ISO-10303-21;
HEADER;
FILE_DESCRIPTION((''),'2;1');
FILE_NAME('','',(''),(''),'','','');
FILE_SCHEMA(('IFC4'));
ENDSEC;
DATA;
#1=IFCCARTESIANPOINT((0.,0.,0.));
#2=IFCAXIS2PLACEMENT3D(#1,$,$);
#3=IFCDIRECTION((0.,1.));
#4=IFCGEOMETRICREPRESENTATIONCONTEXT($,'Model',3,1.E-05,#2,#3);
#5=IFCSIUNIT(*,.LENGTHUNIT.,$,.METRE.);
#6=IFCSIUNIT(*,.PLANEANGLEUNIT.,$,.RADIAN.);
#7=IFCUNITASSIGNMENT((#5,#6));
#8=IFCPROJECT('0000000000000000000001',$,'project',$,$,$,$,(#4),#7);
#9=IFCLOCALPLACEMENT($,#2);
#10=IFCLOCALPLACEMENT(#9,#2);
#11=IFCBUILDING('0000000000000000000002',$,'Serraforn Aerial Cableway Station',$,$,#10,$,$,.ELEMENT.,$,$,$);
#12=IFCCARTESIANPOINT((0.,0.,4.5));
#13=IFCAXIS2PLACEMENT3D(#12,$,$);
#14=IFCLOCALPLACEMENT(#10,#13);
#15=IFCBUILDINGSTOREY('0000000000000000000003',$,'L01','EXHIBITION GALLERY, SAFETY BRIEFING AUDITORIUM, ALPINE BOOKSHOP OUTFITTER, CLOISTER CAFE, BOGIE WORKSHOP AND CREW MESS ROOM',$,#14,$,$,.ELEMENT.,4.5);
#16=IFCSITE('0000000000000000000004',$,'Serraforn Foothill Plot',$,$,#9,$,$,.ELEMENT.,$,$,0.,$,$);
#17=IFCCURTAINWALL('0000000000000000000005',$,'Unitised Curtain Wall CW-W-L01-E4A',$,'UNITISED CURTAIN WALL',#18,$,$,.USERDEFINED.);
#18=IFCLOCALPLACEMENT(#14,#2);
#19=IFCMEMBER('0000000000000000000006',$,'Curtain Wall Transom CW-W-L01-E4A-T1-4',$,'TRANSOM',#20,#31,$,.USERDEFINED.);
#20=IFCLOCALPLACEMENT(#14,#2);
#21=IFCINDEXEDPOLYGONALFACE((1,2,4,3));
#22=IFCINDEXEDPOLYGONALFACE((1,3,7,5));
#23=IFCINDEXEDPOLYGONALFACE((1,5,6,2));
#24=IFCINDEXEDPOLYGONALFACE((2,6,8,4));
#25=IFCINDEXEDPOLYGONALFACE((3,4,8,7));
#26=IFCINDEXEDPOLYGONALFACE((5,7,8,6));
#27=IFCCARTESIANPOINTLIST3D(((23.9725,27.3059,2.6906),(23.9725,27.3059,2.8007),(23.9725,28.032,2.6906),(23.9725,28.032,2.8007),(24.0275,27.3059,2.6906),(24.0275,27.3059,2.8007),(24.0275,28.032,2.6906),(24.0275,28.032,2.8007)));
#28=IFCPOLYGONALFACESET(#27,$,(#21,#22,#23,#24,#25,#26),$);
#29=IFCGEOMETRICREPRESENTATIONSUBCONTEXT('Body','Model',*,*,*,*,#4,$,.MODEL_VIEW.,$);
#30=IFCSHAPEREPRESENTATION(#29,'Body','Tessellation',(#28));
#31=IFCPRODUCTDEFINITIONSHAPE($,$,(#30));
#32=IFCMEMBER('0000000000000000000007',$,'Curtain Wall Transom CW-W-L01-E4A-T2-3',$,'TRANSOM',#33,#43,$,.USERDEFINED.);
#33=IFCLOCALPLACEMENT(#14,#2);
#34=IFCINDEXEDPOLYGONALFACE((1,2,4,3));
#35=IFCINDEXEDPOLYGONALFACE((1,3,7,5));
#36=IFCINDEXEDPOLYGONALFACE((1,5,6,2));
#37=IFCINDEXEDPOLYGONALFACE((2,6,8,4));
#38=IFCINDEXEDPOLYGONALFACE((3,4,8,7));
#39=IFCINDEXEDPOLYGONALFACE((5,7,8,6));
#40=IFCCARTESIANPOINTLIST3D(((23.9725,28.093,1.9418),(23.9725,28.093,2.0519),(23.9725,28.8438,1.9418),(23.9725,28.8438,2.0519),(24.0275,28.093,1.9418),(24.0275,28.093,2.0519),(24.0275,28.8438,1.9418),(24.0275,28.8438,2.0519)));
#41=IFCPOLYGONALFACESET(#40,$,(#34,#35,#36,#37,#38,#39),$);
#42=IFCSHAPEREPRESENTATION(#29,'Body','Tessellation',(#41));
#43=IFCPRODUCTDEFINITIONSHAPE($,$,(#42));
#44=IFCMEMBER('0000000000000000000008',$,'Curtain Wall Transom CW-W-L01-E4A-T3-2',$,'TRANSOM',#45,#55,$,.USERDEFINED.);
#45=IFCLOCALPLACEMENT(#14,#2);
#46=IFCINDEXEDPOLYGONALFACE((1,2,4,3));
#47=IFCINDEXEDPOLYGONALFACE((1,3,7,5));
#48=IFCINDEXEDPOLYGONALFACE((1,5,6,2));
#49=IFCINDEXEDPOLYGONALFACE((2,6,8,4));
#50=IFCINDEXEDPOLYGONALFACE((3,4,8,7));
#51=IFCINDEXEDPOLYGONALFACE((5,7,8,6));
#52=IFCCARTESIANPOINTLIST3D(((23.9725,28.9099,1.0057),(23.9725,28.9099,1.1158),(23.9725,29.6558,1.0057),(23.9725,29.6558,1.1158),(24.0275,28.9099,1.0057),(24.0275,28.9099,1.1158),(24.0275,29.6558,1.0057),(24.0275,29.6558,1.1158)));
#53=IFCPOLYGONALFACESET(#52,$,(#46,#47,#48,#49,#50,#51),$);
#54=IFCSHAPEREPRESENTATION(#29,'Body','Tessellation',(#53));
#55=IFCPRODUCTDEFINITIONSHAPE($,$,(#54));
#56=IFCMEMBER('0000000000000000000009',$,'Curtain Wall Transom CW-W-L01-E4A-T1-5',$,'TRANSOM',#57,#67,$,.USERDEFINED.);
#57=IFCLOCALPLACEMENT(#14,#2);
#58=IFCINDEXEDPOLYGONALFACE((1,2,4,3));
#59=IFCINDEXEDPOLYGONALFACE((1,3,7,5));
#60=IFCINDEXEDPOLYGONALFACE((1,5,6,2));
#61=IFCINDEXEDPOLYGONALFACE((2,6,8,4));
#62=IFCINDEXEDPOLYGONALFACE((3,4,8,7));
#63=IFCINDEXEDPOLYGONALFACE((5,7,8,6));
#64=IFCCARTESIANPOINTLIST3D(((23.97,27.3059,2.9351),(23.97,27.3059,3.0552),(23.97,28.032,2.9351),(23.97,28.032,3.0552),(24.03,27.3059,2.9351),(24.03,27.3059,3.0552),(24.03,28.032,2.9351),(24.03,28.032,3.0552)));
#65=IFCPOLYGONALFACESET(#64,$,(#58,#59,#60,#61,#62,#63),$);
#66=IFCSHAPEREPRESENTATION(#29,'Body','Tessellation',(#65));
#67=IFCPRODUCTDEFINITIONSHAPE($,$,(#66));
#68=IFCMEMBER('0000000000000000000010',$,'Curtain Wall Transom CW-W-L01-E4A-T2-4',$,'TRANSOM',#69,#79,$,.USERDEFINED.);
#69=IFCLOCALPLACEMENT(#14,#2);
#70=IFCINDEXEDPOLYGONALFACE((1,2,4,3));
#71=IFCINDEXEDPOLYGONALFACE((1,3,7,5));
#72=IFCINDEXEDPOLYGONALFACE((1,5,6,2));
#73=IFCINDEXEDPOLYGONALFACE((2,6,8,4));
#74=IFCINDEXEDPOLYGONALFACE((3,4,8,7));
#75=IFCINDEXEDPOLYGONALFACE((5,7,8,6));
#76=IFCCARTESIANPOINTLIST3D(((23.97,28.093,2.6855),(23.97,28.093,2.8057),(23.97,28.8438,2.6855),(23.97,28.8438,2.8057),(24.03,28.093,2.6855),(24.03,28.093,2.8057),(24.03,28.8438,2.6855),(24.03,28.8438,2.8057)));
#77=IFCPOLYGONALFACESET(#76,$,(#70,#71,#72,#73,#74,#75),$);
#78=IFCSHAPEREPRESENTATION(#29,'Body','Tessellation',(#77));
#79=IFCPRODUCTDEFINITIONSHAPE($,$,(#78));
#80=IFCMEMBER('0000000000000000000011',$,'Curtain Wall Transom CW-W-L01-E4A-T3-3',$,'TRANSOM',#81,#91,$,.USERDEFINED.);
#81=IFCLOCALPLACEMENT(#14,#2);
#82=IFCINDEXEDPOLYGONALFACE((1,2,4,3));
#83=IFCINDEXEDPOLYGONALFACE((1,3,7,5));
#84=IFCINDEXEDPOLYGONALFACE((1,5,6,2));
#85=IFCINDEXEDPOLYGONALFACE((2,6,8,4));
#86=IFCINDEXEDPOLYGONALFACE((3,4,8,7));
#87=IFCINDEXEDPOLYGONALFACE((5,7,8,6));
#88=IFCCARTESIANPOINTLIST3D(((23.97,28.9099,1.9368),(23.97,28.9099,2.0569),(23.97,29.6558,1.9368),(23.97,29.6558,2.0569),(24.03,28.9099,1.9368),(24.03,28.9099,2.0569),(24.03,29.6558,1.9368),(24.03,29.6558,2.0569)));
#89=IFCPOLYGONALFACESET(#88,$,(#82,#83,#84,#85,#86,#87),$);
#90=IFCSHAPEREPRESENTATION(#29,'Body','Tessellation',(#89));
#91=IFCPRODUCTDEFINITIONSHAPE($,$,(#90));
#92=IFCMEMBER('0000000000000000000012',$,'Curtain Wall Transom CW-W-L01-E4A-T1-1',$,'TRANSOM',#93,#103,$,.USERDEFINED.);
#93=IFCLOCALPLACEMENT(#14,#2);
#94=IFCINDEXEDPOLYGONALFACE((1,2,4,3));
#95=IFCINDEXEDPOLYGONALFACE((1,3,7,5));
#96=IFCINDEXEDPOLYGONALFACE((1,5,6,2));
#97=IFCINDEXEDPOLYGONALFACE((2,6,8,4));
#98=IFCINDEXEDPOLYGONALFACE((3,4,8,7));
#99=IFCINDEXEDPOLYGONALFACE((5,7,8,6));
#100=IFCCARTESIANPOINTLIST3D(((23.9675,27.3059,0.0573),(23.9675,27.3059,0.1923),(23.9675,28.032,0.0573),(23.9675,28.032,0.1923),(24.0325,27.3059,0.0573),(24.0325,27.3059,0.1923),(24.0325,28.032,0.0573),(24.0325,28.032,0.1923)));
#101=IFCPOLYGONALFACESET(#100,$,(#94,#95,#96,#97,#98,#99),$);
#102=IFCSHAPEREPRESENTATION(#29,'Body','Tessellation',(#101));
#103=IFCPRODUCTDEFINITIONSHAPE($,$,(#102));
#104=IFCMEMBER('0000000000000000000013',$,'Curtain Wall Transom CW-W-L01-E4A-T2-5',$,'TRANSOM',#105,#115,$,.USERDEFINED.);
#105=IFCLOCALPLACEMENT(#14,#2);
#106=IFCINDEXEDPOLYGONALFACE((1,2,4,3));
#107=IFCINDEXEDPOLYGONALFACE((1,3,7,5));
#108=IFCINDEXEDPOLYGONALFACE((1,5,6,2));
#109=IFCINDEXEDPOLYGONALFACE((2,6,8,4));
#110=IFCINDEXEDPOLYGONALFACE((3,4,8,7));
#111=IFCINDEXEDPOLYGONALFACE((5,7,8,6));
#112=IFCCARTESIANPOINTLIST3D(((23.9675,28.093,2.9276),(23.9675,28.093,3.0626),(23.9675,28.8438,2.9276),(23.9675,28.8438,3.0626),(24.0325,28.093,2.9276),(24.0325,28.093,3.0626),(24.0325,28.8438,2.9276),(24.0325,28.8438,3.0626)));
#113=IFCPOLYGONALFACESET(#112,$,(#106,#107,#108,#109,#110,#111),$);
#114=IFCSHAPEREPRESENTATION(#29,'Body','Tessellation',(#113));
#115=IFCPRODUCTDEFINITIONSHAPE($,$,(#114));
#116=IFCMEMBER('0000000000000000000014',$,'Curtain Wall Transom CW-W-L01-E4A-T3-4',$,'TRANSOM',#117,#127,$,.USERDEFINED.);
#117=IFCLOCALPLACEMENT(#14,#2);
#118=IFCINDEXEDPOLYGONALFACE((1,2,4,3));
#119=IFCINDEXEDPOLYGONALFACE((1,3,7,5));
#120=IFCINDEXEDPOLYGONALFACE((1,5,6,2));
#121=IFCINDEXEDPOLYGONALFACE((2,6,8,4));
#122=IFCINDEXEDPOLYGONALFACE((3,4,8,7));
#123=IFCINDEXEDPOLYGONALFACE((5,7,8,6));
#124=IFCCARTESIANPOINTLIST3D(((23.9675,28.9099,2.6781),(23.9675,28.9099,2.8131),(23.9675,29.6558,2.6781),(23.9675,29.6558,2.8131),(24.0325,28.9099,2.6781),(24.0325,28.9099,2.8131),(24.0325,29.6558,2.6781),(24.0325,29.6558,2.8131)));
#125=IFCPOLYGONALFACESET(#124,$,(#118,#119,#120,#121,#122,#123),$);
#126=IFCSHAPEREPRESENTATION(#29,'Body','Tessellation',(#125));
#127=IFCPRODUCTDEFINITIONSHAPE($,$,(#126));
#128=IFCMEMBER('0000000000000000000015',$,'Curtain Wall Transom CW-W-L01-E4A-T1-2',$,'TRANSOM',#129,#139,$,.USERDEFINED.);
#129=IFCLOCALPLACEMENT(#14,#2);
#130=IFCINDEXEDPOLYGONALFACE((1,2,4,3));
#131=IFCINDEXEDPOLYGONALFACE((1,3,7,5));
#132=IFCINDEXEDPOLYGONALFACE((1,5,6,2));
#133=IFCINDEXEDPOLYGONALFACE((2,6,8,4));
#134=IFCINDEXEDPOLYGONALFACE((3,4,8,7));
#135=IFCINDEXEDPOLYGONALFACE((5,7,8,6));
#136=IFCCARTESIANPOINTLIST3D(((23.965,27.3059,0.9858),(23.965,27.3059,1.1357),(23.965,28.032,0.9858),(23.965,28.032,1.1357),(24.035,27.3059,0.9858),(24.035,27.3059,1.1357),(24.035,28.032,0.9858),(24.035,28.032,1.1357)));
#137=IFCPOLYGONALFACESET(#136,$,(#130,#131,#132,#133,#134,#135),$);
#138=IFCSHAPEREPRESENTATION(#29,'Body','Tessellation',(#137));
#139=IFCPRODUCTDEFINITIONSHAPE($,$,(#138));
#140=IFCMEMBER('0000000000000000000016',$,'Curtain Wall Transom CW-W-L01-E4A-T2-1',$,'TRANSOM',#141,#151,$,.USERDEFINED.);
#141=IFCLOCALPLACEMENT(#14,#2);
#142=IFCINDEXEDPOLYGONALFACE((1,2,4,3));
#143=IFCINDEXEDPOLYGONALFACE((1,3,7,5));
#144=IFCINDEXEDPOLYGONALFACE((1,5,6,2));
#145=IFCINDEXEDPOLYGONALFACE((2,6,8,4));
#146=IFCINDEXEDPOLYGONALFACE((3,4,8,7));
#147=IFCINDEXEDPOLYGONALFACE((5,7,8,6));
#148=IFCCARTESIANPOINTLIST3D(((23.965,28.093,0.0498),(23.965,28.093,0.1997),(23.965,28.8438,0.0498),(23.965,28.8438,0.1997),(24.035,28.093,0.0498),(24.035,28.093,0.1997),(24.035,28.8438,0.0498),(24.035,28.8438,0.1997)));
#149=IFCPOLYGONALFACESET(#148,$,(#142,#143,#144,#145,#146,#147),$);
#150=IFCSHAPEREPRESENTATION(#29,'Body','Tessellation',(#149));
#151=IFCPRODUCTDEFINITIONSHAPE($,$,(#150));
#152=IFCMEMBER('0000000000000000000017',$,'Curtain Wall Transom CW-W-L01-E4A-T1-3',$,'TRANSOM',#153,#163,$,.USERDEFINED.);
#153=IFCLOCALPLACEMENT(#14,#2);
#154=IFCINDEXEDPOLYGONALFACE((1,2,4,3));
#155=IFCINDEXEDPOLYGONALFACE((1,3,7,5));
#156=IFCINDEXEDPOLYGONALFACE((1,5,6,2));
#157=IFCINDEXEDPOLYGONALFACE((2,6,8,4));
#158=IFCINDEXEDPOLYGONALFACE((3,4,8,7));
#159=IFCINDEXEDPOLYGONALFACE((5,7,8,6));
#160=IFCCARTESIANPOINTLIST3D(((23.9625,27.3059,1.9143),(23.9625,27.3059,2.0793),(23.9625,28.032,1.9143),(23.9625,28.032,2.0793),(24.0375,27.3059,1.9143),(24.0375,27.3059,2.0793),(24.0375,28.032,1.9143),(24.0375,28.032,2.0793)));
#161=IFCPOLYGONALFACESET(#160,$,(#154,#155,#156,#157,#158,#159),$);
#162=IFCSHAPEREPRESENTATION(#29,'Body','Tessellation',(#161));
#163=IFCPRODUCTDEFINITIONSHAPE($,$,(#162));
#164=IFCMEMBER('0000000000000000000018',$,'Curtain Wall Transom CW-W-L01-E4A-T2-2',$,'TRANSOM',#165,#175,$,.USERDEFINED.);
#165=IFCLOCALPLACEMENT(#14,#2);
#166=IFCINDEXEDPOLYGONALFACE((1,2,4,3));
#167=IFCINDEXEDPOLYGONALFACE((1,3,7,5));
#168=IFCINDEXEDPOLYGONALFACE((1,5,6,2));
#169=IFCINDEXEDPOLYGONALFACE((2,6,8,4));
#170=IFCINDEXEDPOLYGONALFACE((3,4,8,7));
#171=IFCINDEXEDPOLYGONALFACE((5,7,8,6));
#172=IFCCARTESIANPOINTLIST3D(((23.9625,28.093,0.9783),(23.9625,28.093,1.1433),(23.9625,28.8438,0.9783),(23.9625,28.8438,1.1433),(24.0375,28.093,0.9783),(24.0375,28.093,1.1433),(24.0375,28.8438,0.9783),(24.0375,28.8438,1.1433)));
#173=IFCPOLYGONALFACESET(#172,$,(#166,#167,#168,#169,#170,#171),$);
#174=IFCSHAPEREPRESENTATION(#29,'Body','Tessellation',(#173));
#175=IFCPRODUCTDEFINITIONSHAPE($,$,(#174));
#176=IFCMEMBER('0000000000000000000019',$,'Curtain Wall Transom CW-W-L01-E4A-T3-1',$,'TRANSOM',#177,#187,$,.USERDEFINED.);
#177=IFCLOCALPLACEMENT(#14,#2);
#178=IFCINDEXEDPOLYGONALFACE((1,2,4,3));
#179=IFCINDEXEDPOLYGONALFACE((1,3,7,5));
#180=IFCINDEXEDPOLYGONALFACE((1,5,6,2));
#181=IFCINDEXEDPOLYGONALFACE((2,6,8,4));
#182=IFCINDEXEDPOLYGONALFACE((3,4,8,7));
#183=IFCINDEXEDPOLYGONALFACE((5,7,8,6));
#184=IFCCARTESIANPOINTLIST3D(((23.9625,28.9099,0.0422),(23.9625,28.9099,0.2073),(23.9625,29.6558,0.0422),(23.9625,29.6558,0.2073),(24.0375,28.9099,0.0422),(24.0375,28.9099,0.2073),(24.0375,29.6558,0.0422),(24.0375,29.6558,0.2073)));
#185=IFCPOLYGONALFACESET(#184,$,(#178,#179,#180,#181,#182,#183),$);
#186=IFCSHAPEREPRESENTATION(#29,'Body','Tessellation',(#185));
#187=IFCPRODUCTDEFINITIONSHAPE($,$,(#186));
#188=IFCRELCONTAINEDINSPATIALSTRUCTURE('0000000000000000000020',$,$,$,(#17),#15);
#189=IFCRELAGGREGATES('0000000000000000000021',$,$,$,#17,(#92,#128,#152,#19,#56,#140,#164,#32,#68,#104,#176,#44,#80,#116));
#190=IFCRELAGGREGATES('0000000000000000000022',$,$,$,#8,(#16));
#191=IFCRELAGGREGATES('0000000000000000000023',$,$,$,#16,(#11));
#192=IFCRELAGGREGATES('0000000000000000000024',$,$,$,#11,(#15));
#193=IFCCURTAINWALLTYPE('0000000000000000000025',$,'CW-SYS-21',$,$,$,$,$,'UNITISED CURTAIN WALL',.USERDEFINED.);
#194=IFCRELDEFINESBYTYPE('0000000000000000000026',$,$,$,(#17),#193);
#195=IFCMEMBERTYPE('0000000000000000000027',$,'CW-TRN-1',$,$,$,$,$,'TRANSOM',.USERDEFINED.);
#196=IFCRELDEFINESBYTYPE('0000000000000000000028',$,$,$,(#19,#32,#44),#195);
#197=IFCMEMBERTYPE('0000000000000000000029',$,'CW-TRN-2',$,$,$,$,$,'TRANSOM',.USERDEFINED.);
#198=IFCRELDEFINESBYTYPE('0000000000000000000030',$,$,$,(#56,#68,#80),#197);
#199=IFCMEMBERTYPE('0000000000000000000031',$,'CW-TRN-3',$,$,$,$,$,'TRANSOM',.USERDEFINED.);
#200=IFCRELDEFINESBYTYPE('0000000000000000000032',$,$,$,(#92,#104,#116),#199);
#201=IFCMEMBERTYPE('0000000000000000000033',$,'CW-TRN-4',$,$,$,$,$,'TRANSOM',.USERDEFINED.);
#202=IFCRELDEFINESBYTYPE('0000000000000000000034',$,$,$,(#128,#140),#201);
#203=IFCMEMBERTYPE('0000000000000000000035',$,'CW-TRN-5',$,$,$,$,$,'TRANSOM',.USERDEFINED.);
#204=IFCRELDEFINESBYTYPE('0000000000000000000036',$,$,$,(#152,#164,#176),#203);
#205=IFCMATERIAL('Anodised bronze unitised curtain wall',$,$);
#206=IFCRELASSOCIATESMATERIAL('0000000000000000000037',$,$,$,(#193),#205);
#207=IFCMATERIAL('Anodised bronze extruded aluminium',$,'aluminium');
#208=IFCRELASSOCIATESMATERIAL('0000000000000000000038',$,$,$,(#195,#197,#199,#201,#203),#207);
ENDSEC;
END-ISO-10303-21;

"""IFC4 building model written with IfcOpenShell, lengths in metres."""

from ifc_helpers import new_model, si_unit, direction, frame, origin, origin_2d, place, context, subcontext, project, spatial, rectangle, extrude, material, material_profile, profile_set, type_object, element, aggregate, save


model = new_model("IFC4")

# Units and contexts
model_context = context("Model", 3, precision=1e-05, world=origin(), true_north=direction((0.0, 1.0)))
body_context = subcontext(model_context, "Body", "Model", "MODEL_VIEW")
ifc_project = project(units=[si_unit("LENGTHUNIT", "METRE"), si_unit("PLANEANGLEUNIT", "RADIAN")], contexts=[model_context])

# Site, building, storey
site_placement = place(None, origin())
site = spatial("IfcSite", under=ifc_project, at=site_placement, Name="Serraforn Foothill Plot", CompositionType="ELEMENT", RefElevation=0.0)
building_placement = place(site_placement, origin())
building = spatial("IfcBuilding", under=site, at=building_placement, Name="Serraforn Aerial Cableway Station", CompositionType="ELEMENT")
storey_placement = place(building_placement, frame((0.0, 0.0, 4.5)))
storey = spatial("IfcBuildingStorey", under=building, at=storey_placement, Name="L01", Description="EXHIBITION GALLERY, SAFETY BRIEFING AUDITORIUM, ALPINE BOOKSHOP OUTFITTER, CLOISTER CAFE, BOGIE WORKSHOP AND CREW MESS ROOM", CompositionType="ELEMENT", Elevation=4.5)

# Curtain wall, members
ifc_material_1 = material(Name="Anodised bronze unitised curtain wall")
curtain_wall_type = type_object("IfcCurtainWallType", Name="CW-SYS-21", ElementType="UNITISED CURTAIN WALL", PredefinedType="USERDEFINED", material=ifc_material_1)
curtain_wall_placement = place(storey_placement, origin())
curtain_wall = element("IfcCurtainWall", 1, at=curtain_wall_placement, inside=storey, type_object=curtain_wall_type, Name="Unitised Curtain Wall CW-W-L01-E4A", ObjectType="UNITISED CURTAIN WALL", PredefinedType="USERDEFINED")
ifc_material_2 = material(Name="Anodised bronze extruded aluminium", Category="aluminium")
ifc_material_profile_1 = material_profile(ifc_material_2, rectangle(XDim=0.0549, YDim=0.1101, at=origin_2d()), Name="CW TRANSOM 55x110")
ifc_profile_set_1 = profile_set([ifc_material_profile_1], Name="Anodised bronze extruded aluminium")
member_type_1 = type_object("IfcMemberType", Name="CW-TRN-1", ElementType="TRANSOM", PredefinedType="USERDEFINED", material=ifc_profile_set_1)
member_1_placement = place(storey_placement, frame((24.0, 27.3059, 2.7456), z_axis=(0.0, 1.0, 0.0), x_axis=(-1.0, 0.0, 0.0)))
member_1 = element("IfcMember", 2, at=member_1_placement, type_object=member_type_1, Name="Curtain Wall Transom CW-W-L01-E4A-T1-4", ObjectType="TRANSOM", PredefinedType="USERDEFINED", context=body_context, shape_type="SweptSolid", body=[
    extrude(rectangle(XDim=0.0549, YDim=0.1101, at=origin_2d()), origin(), (0.0, 0.0, 1.0), 0.7261),
])
member_2_placement = place(storey_placement, frame((24.0, 28.093, 1.9968), z_axis=(0.0, 1.0, 0.0), x_axis=(-1.0, 0.0, 0.0)))
member_2 = element("IfcMember", 3, at=member_2_placement, type_object=member_type_1, Name="Curtain Wall Transom CW-W-L01-E4A-T2-3", ObjectType="TRANSOM", PredefinedType="USERDEFINED", context=body_context, shape_type="SweptSolid", body=[
    extrude(rectangle(XDim=0.0549, YDim=0.1101, at=origin_2d()), origin(), (0.0, 0.0, 1.0), 0.7507),
])
member_3_placement = place(storey_placement, frame((24.0, 28.9099, 1.0608), z_axis=(0.0, 1.0, 0.0), x_axis=(-1.0, 0.0, 0.0)))
member_3 = element("IfcMember", 4, at=member_3_placement, type_object=member_type_1, Name="Curtain Wall Transom CW-W-L01-E4A-T3-2", ObjectType="TRANSOM", PredefinedType="USERDEFINED", context=body_context, shape_type="SweptSolid", body=[
    extrude(rectangle(XDim=0.0549, YDim=0.1101, at=origin_2d()), origin(), (0.0, 0.0, 1.0), 0.7458),
])
ifc_material_profile_2 = material_profile(ifc_material_2, rectangle(XDim=0.0601, YDim=0.1201, at=origin_2d()), Name="CW TRANSOM 60x120")
ifc_profile_set_2 = profile_set([ifc_material_profile_2], Name="Anodised bronze extruded aluminium")
member_type_2 = type_object("IfcMemberType", Name="CW-TRN-2", ElementType="TRANSOM", PredefinedType="USERDEFINED", material=ifc_profile_set_2)
member_4_placement = place(storey_placement, frame((24.0, 27.3059, 2.9951), z_axis=(0.0, 1.0, 0.0), x_axis=(-1.0, 0.0, 0.0)))
member_4 = element("IfcMember", 5, at=member_4_placement, type_object=member_type_2, Name="Curtain Wall Transom CW-W-L01-E4A-T1-5", ObjectType="TRANSOM", PredefinedType="USERDEFINED", context=body_context, shape_type="SweptSolid", body=[
    extrude(rectangle(XDim=0.0601, YDim=0.1201, at=origin_2d()), origin(), (0.0, 0.0, 1.0), 0.7261),
])
member_5_placement = place(storey_placement, frame((24.0, 28.093, 2.7456), z_axis=(0.0, 1.0, 0.0), x_axis=(-1.0, 0.0, 0.0)))
member_5 = element("IfcMember", 6, at=member_5_placement, type_object=member_type_2, Name="Curtain Wall Transom CW-W-L01-E4A-T2-4", ObjectType="TRANSOM", PredefinedType="USERDEFINED", context=body_context, shape_type="SweptSolid", body=[
    extrude(rectangle(XDim=0.0601, YDim=0.1201, at=origin_2d()), origin(), (0.0, 0.0, 1.0), 0.7507),
])
member_6_placement = place(storey_placement, frame((24.0, 28.9099, 1.9968), z_axis=(0.0, 1.0, 0.0), x_axis=(-1.0, 0.0, 0.0)))
member_6 = element("IfcMember", 7, at=member_6_placement, type_object=member_type_2, Name="Curtain Wall Transom CW-W-L01-E4A-T3-3", ObjectType="TRANSOM", PredefinedType="USERDEFINED", context=body_context, shape_type="SweptSolid", body=[
    extrude(rectangle(XDim=0.0601, YDim=0.1201, at=origin_2d()), origin(), (0.0, 0.0, 1.0), 0.7458),
])
ifc_material_profile_3 = material_profile(ifc_material_2, rectangle(XDim=0.0649, YDim=0.135, at=origin_2d()), Name="CW TRANSOM 65x135")
ifc_profile_set_3 = profile_set([ifc_material_profile_3], Name="Anodised bronze extruded aluminium")
member_type_3 = type_object("IfcMemberType", Name="CW-TRN-3", ElementType="TRANSOM", PredefinedType="USERDEFINED", material=ifc_profile_set_3)
member_7_placement = place(storey_placement, frame((24.0, 27.3059, 0.1248), z_axis=(0.0, 1.0, 0.0), x_axis=(-1.0, 0.0, 0.0)))
member_7 = element("IfcMember", 8, at=member_7_placement, type_object=member_type_3, Name="Curtain Wall Transom CW-W-L01-E4A-T1-1", ObjectType="TRANSOM", PredefinedType="USERDEFINED", context=body_context, shape_type="SweptSolid", body=[
    extrude(rectangle(XDim=0.0649, YDim=0.135, at=origin_2d()), origin(), (0.0, 0.0, 1.0), 0.7261),
])
member_8_placement = place(storey_placement, frame((24.0, 28.093, 2.9951), z_axis=(0.0, 1.0, 0.0), x_axis=(-1.0, 0.0, 0.0)))
member_8 = element("IfcMember", 9, at=member_8_placement, type_object=member_type_3, Name="Curtain Wall Transom CW-W-L01-E4A-T2-5", ObjectType="TRANSOM", PredefinedType="USERDEFINED", context=body_context, shape_type="SweptSolid", body=[
    extrude(rectangle(XDim=0.0649, YDim=0.135, at=origin_2d()), origin(), (0.0, 0.0, 1.0), 0.7507),
])
member_9_placement = place(storey_placement, frame((24.0, 28.9099, 2.7456), z_axis=(0.0, 1.0, 0.0), x_axis=(-1.0, 0.0, 0.0)))
member_9 = element("IfcMember", 10, at=member_9_placement, type_object=member_type_3, Name="Curtain Wall Transom CW-W-L01-E4A-T3-4", ObjectType="TRANSOM", PredefinedType="USERDEFINED", context=body_context, shape_type="SweptSolid", body=[
    extrude(rectangle(XDim=0.0649, YDim=0.135, at=origin_2d()), origin(), (0.0, 0.0, 1.0), 0.7458),
])
ifc_material_profile_4 = material_profile(ifc_material_2, rectangle(XDim=0.0701, YDim=0.1499, at=origin_2d()), Name="CW TRANSOM 70x150")
ifc_profile_set_4 = profile_set([ifc_material_profile_4], Name="Anodised bronze extruded aluminium")
member_type_4 = type_object("IfcMemberType", Name="CW-TRN-4", ElementType="TRANSOM", PredefinedType="USERDEFINED", material=ifc_profile_set_4)
member_10_placement = place(storey_placement, frame((24.0, 27.3059, 1.0608), z_axis=(0.0, 1.0, 0.0), x_axis=(-1.0, 0.0, 0.0)))
member_10 = element("IfcMember", 11, at=member_10_placement, type_object=member_type_4, Name="Curtain Wall Transom CW-W-L01-E4A-T1-2", ObjectType="TRANSOM", PredefinedType="USERDEFINED", context=body_context, shape_type="SweptSolid", body=[
    extrude(rectangle(XDim=0.0701, YDim=0.1499, at=origin_2d()), origin(), (0.0, 0.0, 1.0), 0.7261),
])
member_11_placement = place(storey_placement, frame((24.0, 28.093, 0.1248), z_axis=(0.0, 1.0, 0.0), x_axis=(-1.0, 0.0, 0.0)))
member_11 = element("IfcMember", 12, at=member_11_placement, type_object=member_type_4, Name="Curtain Wall Transom CW-W-L01-E4A-T2-1", ObjectType="TRANSOM", PredefinedType="USERDEFINED", context=body_context, shape_type="SweptSolid", body=[
    extrude(rectangle(XDim=0.0701, YDim=0.1499, at=origin_2d()), origin(), (0.0, 0.0, 1.0), 0.7507),
])
ifc_material_profile_5 = material_profile(ifc_material_2, rectangle(XDim=0.075, YDim=0.165, at=origin_2d()), Name="CW TRANSOM 75x165")
ifc_profile_set_5 = profile_set([ifc_material_profile_5], Name="Anodised bronze extruded aluminium")
member_type_5 = type_object("IfcMemberType", Name="CW-TRN-5", ElementType="TRANSOM", PredefinedType="USERDEFINED", material=ifc_profile_set_5)
member_12_placement = place(storey_placement, frame((24.0, 27.3059, 1.9968), z_axis=(0.0, 1.0, 0.0), x_axis=(-1.0, 0.0, 0.0)))
member_12 = element("IfcMember", 13, at=member_12_placement, type_object=member_type_5, Name="Curtain Wall Transom CW-W-L01-E4A-T1-3", ObjectType="TRANSOM", PredefinedType="USERDEFINED", context=body_context, shape_type="SweptSolid", body=[
    extrude(rectangle(XDim=0.075, YDim=0.165, at=origin_2d()), origin(), (0.0, 0.0, 1.0), 0.7261),
])
member_13_placement = place(storey_placement, frame((24.0, 28.093, 1.0608), z_axis=(0.0, 1.0, 0.0), x_axis=(-1.0, 0.0, 0.0)))
member_13 = element("IfcMember", 14, at=member_13_placement, type_object=member_type_5, Name="Curtain Wall Transom CW-W-L01-E4A-T2-2", ObjectType="TRANSOM", PredefinedType="USERDEFINED", context=body_context, shape_type="SweptSolid", body=[
    extrude(rectangle(XDim=0.075, YDim=0.165, at=origin_2d()), origin(), (0.0, 0.0, 1.0), 0.7507),
])
member_14_placement = place(storey_placement, frame((24.0, 28.9099, 0.1248), z_axis=(0.0, 1.0, 0.0), x_axis=(-1.0, 0.0, 0.0)))
member_14 = element("IfcMember", 15, at=member_14_placement, type_object=member_type_5, Name="Curtain Wall Transom CW-W-L01-E4A-T3-1", ObjectType="TRANSOM", PredefinedType="USERDEFINED", context=body_context, shape_type="SweptSolid", body=[
    extrude(rectangle(XDim=0.075, YDim=0.165, at=origin_2d()), origin(), (0.0, 0.0, 1.0), 0.7458),
])
aggregate(curtain_wall, [member_7, member_10, member_12, member_1, member_4, member_11, member_13, member_2, member_5, member_8, member_14, member_3, member_6, member_9])

save(model, "model.ifc")
